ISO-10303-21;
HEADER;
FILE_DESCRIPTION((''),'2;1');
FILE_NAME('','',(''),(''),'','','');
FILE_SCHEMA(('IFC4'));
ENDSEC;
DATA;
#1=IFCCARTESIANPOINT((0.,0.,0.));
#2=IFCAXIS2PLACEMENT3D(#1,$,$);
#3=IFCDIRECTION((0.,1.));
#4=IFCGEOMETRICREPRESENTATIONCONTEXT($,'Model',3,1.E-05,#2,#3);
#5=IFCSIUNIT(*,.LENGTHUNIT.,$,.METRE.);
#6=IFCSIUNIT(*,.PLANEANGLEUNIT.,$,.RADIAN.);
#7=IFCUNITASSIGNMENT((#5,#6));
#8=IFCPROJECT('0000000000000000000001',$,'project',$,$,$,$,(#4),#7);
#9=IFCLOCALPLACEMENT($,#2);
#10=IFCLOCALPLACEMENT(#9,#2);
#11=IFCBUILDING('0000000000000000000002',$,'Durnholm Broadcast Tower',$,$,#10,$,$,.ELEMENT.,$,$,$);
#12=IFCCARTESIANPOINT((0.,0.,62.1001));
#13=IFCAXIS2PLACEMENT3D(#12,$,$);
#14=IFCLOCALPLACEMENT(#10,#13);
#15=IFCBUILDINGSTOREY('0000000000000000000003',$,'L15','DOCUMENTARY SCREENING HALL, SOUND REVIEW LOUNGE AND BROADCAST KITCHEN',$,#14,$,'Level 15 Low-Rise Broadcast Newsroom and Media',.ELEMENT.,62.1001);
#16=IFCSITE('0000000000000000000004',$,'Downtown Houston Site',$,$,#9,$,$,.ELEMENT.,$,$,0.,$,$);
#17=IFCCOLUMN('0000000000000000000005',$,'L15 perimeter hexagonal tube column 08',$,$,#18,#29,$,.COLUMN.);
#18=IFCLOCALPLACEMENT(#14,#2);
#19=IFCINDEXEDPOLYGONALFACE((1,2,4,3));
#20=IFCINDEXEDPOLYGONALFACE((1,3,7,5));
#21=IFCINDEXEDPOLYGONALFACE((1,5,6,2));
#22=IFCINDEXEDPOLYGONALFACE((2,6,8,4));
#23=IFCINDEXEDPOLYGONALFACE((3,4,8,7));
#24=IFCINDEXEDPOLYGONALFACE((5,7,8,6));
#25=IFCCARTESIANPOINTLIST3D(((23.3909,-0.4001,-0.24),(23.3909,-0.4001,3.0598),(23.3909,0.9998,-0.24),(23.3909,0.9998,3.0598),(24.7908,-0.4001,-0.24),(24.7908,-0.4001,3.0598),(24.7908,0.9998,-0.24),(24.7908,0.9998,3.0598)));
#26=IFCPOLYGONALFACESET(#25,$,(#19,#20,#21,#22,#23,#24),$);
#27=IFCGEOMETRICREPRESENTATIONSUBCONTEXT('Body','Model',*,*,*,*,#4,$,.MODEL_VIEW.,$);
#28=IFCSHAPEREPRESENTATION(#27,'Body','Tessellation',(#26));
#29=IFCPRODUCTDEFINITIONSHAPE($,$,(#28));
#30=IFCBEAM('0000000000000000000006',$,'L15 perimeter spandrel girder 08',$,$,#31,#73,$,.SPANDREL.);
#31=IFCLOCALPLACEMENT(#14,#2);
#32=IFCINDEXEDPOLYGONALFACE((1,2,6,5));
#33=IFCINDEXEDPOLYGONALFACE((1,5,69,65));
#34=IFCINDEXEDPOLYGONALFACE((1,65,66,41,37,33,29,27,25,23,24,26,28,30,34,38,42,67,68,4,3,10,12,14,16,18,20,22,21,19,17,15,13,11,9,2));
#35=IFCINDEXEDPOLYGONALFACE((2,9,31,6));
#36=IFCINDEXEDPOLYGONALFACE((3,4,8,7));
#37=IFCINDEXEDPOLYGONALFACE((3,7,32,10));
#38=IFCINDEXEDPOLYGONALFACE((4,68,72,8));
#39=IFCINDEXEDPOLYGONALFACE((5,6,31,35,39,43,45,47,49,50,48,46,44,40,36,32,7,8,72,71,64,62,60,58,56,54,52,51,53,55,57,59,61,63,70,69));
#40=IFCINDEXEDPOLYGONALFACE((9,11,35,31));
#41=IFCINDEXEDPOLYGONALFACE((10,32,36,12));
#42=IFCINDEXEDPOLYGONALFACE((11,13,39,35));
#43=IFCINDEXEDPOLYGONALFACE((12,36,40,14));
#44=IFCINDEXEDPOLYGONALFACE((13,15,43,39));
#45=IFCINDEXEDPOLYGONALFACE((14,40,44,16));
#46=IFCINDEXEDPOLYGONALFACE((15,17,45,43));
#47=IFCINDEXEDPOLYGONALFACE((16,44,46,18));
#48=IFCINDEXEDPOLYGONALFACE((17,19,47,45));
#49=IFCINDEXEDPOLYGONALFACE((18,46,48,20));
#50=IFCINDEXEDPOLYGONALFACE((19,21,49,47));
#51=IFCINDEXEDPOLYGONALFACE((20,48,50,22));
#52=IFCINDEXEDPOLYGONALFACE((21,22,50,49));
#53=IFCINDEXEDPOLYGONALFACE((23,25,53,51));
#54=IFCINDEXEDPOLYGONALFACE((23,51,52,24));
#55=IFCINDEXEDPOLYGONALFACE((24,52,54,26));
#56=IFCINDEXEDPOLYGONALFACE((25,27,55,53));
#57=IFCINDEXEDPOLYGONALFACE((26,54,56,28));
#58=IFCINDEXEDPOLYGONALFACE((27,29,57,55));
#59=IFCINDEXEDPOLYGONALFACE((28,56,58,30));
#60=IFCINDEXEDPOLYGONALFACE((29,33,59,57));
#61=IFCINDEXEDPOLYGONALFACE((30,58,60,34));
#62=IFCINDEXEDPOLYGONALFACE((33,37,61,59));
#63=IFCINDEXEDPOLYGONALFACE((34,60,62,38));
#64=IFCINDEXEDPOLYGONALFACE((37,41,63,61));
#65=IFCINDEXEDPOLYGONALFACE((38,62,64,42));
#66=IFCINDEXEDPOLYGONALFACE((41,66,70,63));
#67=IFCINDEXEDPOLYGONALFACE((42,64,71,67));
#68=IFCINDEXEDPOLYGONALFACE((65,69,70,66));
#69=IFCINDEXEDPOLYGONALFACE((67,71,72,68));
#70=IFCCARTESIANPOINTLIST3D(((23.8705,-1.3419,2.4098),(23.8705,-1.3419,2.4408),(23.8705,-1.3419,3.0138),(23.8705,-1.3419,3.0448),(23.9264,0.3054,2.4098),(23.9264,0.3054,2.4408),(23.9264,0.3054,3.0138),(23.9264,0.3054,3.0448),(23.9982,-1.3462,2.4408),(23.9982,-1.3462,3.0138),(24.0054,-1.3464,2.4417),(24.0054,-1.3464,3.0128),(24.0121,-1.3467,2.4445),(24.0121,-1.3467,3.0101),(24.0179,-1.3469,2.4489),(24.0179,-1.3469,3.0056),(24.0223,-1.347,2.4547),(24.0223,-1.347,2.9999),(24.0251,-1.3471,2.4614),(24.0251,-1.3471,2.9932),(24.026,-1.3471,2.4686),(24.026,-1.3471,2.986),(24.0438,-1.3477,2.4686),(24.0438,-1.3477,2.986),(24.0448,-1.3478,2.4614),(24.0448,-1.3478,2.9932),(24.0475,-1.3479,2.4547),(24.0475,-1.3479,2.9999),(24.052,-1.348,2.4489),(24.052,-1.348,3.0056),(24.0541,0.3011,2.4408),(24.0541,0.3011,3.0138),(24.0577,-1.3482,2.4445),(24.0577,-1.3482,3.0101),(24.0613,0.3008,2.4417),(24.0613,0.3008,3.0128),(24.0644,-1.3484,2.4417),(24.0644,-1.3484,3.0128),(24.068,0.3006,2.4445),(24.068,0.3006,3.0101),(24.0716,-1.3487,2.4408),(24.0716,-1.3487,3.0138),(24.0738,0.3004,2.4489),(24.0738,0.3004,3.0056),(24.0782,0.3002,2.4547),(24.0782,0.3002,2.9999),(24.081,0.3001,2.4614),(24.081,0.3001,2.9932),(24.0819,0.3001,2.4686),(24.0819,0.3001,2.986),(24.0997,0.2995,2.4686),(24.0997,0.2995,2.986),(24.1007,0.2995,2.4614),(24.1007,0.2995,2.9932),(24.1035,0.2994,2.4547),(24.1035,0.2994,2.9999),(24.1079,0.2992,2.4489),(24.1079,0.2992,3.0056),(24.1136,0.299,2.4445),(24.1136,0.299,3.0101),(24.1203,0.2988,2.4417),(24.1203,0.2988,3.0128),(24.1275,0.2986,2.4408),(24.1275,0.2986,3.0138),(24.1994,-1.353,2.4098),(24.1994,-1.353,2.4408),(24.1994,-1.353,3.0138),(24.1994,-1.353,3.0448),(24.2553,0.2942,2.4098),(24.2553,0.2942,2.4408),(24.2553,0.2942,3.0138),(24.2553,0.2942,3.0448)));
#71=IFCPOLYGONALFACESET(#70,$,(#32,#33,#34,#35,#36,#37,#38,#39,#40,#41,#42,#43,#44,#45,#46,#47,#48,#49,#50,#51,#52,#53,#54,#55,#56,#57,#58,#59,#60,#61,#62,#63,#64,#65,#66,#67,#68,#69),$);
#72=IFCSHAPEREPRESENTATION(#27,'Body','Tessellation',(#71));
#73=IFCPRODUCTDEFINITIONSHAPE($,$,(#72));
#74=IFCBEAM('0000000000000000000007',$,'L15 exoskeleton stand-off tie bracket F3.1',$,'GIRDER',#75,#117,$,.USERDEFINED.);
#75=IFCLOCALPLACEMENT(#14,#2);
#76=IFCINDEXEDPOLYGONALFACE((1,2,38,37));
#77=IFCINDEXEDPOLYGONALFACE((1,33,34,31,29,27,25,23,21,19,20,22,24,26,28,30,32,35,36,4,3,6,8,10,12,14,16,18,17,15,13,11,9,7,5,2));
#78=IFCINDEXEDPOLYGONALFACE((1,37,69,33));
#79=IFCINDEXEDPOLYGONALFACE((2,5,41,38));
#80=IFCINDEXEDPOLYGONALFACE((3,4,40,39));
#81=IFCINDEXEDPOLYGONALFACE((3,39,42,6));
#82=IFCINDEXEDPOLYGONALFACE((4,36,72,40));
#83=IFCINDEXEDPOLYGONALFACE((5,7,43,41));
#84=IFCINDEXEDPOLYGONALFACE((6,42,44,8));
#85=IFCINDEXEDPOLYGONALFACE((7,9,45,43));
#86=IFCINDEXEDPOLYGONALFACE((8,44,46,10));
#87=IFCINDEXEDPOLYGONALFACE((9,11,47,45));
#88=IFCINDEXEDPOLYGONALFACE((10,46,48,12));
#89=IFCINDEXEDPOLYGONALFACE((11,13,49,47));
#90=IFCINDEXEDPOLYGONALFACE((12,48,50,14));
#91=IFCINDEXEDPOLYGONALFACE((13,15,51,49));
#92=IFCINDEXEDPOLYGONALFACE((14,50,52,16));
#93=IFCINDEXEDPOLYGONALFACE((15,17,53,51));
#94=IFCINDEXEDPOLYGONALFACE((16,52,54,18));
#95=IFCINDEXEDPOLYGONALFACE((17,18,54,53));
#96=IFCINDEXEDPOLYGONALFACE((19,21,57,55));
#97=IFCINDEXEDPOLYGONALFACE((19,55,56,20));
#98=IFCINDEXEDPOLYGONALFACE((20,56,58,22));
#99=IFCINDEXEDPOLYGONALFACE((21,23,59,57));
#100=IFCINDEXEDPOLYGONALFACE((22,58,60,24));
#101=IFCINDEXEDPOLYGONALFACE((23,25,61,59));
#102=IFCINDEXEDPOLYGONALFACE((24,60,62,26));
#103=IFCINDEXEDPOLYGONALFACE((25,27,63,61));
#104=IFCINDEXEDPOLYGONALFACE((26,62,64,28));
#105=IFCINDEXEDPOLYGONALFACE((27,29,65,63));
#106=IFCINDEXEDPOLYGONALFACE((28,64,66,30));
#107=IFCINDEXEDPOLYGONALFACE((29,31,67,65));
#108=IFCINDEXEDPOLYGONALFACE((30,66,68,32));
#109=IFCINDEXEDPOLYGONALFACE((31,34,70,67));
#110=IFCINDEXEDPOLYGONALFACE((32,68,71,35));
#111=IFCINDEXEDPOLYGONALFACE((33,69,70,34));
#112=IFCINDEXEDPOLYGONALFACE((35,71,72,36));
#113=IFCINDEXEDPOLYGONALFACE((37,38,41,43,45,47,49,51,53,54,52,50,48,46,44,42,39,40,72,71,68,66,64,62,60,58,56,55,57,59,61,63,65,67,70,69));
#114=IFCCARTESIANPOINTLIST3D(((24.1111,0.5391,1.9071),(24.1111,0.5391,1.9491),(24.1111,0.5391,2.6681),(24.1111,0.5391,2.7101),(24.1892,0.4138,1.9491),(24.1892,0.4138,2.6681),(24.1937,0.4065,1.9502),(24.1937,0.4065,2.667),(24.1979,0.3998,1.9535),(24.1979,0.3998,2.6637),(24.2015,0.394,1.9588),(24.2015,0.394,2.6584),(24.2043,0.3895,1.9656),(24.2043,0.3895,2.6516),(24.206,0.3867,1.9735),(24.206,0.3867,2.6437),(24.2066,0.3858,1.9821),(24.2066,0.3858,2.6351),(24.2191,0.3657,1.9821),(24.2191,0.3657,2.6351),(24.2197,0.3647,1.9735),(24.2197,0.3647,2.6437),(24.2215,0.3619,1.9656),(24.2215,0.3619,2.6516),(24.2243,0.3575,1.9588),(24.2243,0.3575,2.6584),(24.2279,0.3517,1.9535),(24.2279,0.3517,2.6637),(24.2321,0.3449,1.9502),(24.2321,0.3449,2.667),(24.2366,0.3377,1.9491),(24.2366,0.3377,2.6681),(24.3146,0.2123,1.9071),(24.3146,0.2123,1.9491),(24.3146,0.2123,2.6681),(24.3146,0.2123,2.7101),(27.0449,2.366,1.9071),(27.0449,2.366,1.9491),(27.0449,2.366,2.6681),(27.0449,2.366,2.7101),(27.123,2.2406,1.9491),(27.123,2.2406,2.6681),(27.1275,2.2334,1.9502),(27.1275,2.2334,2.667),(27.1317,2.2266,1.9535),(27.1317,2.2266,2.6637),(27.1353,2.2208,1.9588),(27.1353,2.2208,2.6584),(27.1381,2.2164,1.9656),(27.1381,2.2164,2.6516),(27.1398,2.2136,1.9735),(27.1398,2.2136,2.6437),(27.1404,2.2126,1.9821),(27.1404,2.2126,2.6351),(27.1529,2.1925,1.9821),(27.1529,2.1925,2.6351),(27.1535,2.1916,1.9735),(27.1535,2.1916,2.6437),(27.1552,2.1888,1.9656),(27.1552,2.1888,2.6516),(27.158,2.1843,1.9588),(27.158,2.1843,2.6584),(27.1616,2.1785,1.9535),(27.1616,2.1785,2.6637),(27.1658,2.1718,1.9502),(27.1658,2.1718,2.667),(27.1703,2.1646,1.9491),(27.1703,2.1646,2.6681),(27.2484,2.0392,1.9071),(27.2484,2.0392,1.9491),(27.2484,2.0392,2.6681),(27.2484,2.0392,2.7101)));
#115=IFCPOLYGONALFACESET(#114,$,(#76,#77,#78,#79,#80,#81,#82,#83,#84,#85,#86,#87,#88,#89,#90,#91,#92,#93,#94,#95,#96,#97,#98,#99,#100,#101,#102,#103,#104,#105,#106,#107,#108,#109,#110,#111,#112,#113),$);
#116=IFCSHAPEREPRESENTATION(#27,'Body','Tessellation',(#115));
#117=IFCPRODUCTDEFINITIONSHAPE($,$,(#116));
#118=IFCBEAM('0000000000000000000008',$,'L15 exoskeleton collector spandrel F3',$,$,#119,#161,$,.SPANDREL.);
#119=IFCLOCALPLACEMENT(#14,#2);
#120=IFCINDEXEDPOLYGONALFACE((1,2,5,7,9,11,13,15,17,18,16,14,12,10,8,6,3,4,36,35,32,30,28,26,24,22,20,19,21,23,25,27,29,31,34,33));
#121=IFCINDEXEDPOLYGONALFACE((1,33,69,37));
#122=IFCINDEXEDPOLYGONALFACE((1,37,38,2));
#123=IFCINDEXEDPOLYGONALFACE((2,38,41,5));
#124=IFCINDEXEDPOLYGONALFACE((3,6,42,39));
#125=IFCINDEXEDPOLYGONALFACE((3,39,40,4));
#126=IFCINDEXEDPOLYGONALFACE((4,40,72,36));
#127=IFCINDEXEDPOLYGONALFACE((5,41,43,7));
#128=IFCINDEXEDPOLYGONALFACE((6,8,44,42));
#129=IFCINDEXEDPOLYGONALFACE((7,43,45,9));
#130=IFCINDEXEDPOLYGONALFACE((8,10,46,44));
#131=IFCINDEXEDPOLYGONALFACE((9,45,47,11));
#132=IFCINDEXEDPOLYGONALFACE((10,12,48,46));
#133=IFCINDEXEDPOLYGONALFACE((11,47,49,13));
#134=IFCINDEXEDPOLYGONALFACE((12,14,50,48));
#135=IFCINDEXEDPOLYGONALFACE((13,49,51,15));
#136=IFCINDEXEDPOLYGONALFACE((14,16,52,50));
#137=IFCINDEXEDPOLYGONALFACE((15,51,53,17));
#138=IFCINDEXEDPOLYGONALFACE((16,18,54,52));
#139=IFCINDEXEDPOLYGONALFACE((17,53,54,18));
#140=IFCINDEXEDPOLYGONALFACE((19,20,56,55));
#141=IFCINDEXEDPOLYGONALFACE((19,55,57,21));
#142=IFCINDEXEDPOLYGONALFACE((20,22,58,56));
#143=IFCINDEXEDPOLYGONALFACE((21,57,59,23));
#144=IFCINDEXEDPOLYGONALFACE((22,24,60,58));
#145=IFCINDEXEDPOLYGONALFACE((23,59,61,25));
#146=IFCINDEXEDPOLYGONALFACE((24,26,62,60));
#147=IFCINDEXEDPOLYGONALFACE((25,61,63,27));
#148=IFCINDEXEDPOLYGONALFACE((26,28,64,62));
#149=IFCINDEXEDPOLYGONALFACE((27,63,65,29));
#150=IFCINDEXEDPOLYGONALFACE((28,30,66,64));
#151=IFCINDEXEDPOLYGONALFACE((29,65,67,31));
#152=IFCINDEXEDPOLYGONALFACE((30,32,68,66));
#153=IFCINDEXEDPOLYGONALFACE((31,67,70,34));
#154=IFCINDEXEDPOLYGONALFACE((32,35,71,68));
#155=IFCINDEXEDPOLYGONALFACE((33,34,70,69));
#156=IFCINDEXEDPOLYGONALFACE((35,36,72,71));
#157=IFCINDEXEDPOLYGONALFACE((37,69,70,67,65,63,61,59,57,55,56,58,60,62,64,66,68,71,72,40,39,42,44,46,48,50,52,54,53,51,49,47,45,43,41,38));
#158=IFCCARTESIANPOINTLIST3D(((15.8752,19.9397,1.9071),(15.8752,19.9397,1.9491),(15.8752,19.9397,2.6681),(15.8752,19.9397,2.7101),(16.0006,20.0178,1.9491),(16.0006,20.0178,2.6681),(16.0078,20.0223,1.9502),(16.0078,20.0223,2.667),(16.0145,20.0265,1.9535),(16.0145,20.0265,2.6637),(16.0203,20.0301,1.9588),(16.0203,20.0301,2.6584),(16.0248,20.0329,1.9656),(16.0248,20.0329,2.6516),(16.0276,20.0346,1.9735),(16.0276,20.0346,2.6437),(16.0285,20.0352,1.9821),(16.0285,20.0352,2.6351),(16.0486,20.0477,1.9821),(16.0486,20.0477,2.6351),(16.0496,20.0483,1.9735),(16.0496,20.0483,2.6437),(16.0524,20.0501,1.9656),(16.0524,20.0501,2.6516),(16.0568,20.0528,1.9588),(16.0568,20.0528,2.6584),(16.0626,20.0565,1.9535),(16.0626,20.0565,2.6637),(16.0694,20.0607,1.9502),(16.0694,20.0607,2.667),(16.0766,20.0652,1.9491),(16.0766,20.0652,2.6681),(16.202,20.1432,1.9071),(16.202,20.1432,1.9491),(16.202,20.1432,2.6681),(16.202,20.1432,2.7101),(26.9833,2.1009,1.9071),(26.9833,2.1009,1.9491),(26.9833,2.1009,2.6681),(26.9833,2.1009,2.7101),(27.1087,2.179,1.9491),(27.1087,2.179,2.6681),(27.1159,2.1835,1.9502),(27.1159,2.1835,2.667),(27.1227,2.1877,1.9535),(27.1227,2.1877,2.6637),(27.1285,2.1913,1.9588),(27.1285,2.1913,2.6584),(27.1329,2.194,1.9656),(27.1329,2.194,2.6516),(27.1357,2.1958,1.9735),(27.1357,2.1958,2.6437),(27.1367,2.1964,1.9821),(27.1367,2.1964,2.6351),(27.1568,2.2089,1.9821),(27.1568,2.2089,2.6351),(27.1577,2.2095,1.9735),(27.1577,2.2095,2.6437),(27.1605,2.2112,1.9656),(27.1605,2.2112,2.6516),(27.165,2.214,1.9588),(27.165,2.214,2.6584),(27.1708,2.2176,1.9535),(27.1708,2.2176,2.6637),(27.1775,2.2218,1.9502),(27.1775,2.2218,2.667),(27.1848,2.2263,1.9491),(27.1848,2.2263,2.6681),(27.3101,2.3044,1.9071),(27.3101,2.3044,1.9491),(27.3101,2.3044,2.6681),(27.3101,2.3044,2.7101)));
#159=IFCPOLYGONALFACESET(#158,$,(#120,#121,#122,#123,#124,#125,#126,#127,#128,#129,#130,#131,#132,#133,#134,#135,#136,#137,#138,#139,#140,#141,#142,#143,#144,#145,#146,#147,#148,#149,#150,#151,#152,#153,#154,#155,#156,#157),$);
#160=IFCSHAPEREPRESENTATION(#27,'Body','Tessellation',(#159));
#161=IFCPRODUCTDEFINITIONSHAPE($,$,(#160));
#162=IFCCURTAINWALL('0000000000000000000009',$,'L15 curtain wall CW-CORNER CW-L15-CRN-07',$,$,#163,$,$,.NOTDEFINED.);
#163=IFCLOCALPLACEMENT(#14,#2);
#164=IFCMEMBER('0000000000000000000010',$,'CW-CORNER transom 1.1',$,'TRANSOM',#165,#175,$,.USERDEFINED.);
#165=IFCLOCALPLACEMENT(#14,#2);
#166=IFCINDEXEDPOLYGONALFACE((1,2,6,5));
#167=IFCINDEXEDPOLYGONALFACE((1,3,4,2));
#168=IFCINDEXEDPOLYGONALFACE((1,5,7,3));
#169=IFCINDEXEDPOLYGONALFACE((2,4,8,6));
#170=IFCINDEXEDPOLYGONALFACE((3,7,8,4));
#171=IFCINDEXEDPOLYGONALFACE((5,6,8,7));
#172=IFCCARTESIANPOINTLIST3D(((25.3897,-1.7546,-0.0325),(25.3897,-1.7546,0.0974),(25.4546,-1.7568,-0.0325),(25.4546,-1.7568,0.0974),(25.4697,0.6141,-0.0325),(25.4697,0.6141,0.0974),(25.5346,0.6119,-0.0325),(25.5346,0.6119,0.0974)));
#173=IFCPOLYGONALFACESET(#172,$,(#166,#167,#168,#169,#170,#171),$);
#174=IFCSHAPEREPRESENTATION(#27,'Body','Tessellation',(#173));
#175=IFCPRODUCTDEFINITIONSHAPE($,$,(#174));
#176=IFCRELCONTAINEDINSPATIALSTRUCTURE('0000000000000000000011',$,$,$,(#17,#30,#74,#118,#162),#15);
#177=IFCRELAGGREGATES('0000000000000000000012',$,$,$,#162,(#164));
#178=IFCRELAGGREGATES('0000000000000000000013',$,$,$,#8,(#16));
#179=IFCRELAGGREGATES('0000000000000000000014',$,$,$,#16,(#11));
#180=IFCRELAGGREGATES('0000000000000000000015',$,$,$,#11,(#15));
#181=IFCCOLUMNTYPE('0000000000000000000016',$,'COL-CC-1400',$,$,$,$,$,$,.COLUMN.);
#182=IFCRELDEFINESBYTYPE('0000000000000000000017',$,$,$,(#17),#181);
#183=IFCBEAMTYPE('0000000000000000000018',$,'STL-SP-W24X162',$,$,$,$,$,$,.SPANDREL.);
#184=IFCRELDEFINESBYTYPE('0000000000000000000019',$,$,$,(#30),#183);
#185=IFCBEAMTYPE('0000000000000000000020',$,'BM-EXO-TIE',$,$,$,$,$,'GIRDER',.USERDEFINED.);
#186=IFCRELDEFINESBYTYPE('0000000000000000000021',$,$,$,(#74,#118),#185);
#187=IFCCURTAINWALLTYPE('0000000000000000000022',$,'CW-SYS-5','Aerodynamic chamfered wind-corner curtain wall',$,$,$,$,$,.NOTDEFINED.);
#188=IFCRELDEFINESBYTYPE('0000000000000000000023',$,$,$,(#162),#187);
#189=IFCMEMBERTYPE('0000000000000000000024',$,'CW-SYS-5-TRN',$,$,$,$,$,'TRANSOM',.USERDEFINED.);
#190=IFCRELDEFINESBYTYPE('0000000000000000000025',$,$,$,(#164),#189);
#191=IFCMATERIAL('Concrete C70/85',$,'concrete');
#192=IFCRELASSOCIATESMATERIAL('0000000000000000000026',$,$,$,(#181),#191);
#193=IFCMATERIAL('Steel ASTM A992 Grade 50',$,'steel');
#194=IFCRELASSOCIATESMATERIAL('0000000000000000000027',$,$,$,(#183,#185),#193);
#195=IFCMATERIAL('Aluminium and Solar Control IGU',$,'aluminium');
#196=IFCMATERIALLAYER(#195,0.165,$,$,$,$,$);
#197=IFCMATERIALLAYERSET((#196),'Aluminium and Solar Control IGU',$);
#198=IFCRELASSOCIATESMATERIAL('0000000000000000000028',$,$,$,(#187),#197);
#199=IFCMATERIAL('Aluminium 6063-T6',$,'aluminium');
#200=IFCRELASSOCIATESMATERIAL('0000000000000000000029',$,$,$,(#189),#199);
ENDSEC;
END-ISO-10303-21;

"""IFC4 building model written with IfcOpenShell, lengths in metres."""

from ifc_helpers import new_model, si_unit, direction, frame, origin, origin_2d, place, context, subcontext, project, spatial, rectangle, i_section, extrude, source, transform, mapped, material, layer, layer_set, material_profile, profile_set, type_object, type_shapes, element, aggregate, save


model = new_model("IFC4")

# Units and contexts
model_context = context("Model", 3, precision=1e-05, world=origin(), true_north=direction((0.0, 1.0)))
body_context = subcontext(model_context, "Body", "Model", "MODEL_VIEW")
ifc_project = project(units=[si_unit("LENGTHUNIT", "METRE"), si_unit("PLANEANGLEUNIT", "RADIAN")], contexts=[model_context])

# Site, building, storey
site_placement = place(None, origin())
site = spatial("IfcSite", under=ifc_project, at=site_placement, Name="Downtown Houston Site", CompositionType="ELEMENT", RefElevation=0.0)
building_placement = place(site_placement, origin())
building = spatial("IfcBuilding", under=site, at=building_placement, Name="Durnholm Broadcast Tower", CompositionType="ELEMENT")
storey_placement = place(building_placement, frame((0.0, 0.0, 62.1001)))
storey = spatial("IfcBuildingStorey", under=building, at=storey_placement, Name="L15", Description="DOCUMENTARY SCREENING HALL, SOUND REVIEW LOUNGE AND BROADCAST KITCHEN", LongName="Level 15 Low-Rise Broadcast Newsroom and Media", CompositionType="ELEMENT", Elevation=62.1001)

# Column
ifc_material_1 = material(Name="Concrete C70/85", Category="concrete")
ifc_material_profile_1 = material_profile(ifc_material_1, rectangle(XDim=1.3999, YDim=1.3999, at=origin_2d()), Name="RC1400X1400")
ifc_profile_set_1 = profile_set([ifc_material_profile_1], Name="Concrete C70/85")
column_type = type_object("IfcColumnType", Name="COL-CC-1400", PredefinedType="COLUMN", material=ifc_profile_set_1)
shared_shape_1 = source(origin(), body_context, "Body", "SweptSolid", [
    extrude(rectangle(XDim=1.3999, YDim=1.3999, at=origin_2d()), origin(), (0.0, 0.0, 1.0), 3.2998),
])
type_shapes(column_type, [shared_shape_1])
column_placement = place(storey_placement, frame((24.0908, 0.2998, -0.24), z_axis=(0.0, 0.0, 1.0), x_axis=(1.0, 0.0, 0.0)))
element("IfcColumn", 1, at=column_placement, inside=storey, type_object=column_type, Name="L15 perimeter hexagonal tube column 08", PredefinedType="COLUMN", context=body_context, shape_type="MappedRepresentation", body=[
    mapped(shared_shape_1, transform((0.0, 0.0, 0.0), x_axis=(1.0, 0.0, 0.0), y_axis=(0.0, 1.0, 0.0), z_axis=(0.0, 0.0, 1.0), scale=1.0)),
])

# Beams
ifc_material_2 = material(Name="Steel ASTM A992 Grade 50", Category="steel")
ifc_material_profile_2 = material_profile(ifc_material_2, i_section(OverallWidth=0.3291, OverallDepth=0.635, WebThickness=0.0178, FlangeThickness=0.031, FilletRadius=0.0278, at=origin_2d()), Name="W24X162")
ifc_profile_set_2 = profile_set([ifc_material_profile_2], Name="Steel ASTM A992 Grade 50")
beam_type_1 = type_object("IfcBeamType", Name="STL-SP-W24X162", PredefinedType="SPANDREL", material=ifc_profile_set_2)
shared_shape_2 = source(origin(), body_context, "Body", "SweptSolid", [
    extrude(i_section(OverallWidth=0.3291, OverallDepth=0.635, WebThickness=0.0178, FlangeThickness=0.031, FilletRadius=0.0278, at=origin_2d()), origin(), (0.0, 0.0, 1.0), 1.6482),
])
type_shapes(beam_type_1, [shared_shape_2])
beam_1_placement = place(storey_placement, frame((24.0908, 0.2998, 2.7273), z_axis=(-0.033921, -0.999425, 0.0), x_axis=(0.999425, -0.033921, 0.0)))
element("IfcBeam", 2, at=beam_1_placement, inside=storey, type_object=beam_type_1, Name="L15 perimeter spandrel girder 08", PredefinedType="SPANDREL", context=body_context, shape_type="MappedRepresentation", body=[
    mapped(shared_shape_2, transform((0.0, 0.0, 0.0), x_axis=(1.0, 0.0, 0.0), y_axis=(0.0, 1.0, 0.0), z_axis=(0.0, 0.0, 1.0), scale=1.0)),
])
ifc_material_profile_3 = material_profile(ifc_material_2, i_section(OverallWidth=0.385, OverallDepth=0.803, WebThickness=0.0237, FlangeThickness=0.042, FilletRadius=0.033, at=origin_2d()), Name="W30X261")
ifc_profile_set_3 = profile_set([ifc_material_profile_3], Name="Steel ASTM A992 Grade 50")
beam_type_2 = type_object("IfcBeamType", Name="BM-EXO-TIE", ElementType="GIRDER", PredefinedType="USERDEFINED", material=ifc_profile_set_3)
shared_shape_3 = source(origin(), body_context, "Body", "SweptSolid", [
    extrude(i_section(OverallWidth=0.385, OverallDepth=0.803, WebThickness=0.0237, FlangeThickness=0.042, FilletRadius=0.033, at=origin_2d()), origin(), (0.0, 0.0, 1.0), 3.4561),
])
beam_2_placement = place(storey_placement, frame((24.2129, 0.3757, 2.3086), z_axis=(0.848874, 0.528595, 0.0), x_axis=(-0.528595, 0.848874, 0.0)))
element("IfcBeam", 3, at=beam_2_placement, inside=storey, type_object=beam_type_2, Name="L15 exoskeleton stand-off tie bracket F3.1", ObjectType="GIRDER", PredefinedType="USERDEFINED", context=body_context, shape_type="MappedRepresentation", body=[
    mapped(shared_shape_3, transform((0.0, 0.0, 0.0), x_axis=(1.0, 0.0, 0.0), y_axis=(0.0, 1.0, 0.0), z_axis=(0.0, 0.0, 1.0), scale=1.0)),
])
shared_shape_4 = source(origin(), body_context, "Body", "SweptSolid", [
    extrude(i_section(OverallWidth=0.385, OverallDepth=0.803, WebThickness=0.0237, FlangeThickness=0.042, FilletRadius=0.033, at=origin_2d()), origin(), (0.0, 0.0, 1.0), 21.0146),
])
type_shapes(beam_type_2, [shared_shape_3, shared_shape_4])
beam_3_placement = place(storey_placement, frame((27.1467, 2.2026, 2.3086), z_axis=(-0.528591, 0.848877, 0.0), x_axis=(-0.848877, -0.528591, 0.0)))
element("IfcBeam", 4, at=beam_3_placement, inside=storey, type_object=beam_type_2, Name="L15 exoskeleton collector spandrel F3", PredefinedType="SPANDREL", context=body_context, shape_type="MappedRepresentation", body=[
    mapped(shared_shape_4, transform((0.0, 0.0, 0.0), x_axis=(1.0, 0.0, 0.0), y_axis=(0.0, 1.0, 0.0), z_axis=(0.0, 0.0, 1.0), scale=1.0)),
])

# Curtain wall, member
ifc_material_3 = material(Name="Aluminium and Solar Control IGU", Category="aluminium")
ifc_layer_1 = layer(ifc_material_3, 0.165)
ifc_layer_set_1 = layer_set([ifc_layer_1], Name="Aluminium and Solar Control IGU")
curtain_wall_type_1 = type_object("IfcCurtainWallType", Name="CW-SYS-5", Description="Aerodynamic chamfered wind-corner curtain wall", PredefinedType="NOTDEFINED", material=ifc_layer_set_1)
curtain_wall_1_placement = place(storey_placement, origin())
curtain_wall_1 = element("IfcCurtainWall", 5, at=curtain_wall_1_placement, inside=storey, type_object=curtain_wall_type_1, Name="L15 curtain wall CW-CORNER CW-L15-CRN-07", PredefinedType="NOTDEFINED")
ifc_material_4 = material(Name="Aluminium 6063-T6", Category="aluminium")
ifc_material_profile_4 = material_profile(ifc_material_4, rectangle(XDim=0.0649, YDim=0.1299, at=origin_2d()), Name="CWT65X130")
ifc_profile_set_4 = profile_set([ifc_material_profile_4], Name="Aluminium 6063-T6")
member_type_1 = type_object("IfcMemberType", Name="CW-SYS-5-TRN", ElementType="TRANSOM", PredefinedType="USERDEFINED", material=ifc_profile_set_4)
shared_shape_5 = source(origin(), body_context, "Body", "SweptSolid", [
    extrude(rectangle(XDim=0.0649, YDim=0.1299, at=origin_2d()), origin(), (0.0, 0.0, 1.0), 2.3701),
])
type_shapes(member_type_1, [shared_shape_5])
member_1_placement = place(storey_placement, frame((25.5022, 0.613, 0.0325), z_axis=(-0.033788, -0.999429, 0.0), x_axis=(0.999429, -0.033788, 0.0)))
member_1 = element("IfcMember", 6, at=member_1_placement, type_object=member_type_1, Name="CW-CORNER transom 1.1", ObjectType="TRANSOM", PredefinedType="USERDEFINED", context=body_context, shape_type="MappedRepresentation", body=[
    mapped(shared_shape_5, transform((0.0, 0.0, 0.0), x_axis=(1.0, 0.0, 0.0), y_axis=(0.0, 1.0, 0.0), z_axis=(0.0, 0.0, 1.0), scale=1.0)),
])
aggregate(curtain_wall_1, [member_1])

save(model, "model.ifc")
